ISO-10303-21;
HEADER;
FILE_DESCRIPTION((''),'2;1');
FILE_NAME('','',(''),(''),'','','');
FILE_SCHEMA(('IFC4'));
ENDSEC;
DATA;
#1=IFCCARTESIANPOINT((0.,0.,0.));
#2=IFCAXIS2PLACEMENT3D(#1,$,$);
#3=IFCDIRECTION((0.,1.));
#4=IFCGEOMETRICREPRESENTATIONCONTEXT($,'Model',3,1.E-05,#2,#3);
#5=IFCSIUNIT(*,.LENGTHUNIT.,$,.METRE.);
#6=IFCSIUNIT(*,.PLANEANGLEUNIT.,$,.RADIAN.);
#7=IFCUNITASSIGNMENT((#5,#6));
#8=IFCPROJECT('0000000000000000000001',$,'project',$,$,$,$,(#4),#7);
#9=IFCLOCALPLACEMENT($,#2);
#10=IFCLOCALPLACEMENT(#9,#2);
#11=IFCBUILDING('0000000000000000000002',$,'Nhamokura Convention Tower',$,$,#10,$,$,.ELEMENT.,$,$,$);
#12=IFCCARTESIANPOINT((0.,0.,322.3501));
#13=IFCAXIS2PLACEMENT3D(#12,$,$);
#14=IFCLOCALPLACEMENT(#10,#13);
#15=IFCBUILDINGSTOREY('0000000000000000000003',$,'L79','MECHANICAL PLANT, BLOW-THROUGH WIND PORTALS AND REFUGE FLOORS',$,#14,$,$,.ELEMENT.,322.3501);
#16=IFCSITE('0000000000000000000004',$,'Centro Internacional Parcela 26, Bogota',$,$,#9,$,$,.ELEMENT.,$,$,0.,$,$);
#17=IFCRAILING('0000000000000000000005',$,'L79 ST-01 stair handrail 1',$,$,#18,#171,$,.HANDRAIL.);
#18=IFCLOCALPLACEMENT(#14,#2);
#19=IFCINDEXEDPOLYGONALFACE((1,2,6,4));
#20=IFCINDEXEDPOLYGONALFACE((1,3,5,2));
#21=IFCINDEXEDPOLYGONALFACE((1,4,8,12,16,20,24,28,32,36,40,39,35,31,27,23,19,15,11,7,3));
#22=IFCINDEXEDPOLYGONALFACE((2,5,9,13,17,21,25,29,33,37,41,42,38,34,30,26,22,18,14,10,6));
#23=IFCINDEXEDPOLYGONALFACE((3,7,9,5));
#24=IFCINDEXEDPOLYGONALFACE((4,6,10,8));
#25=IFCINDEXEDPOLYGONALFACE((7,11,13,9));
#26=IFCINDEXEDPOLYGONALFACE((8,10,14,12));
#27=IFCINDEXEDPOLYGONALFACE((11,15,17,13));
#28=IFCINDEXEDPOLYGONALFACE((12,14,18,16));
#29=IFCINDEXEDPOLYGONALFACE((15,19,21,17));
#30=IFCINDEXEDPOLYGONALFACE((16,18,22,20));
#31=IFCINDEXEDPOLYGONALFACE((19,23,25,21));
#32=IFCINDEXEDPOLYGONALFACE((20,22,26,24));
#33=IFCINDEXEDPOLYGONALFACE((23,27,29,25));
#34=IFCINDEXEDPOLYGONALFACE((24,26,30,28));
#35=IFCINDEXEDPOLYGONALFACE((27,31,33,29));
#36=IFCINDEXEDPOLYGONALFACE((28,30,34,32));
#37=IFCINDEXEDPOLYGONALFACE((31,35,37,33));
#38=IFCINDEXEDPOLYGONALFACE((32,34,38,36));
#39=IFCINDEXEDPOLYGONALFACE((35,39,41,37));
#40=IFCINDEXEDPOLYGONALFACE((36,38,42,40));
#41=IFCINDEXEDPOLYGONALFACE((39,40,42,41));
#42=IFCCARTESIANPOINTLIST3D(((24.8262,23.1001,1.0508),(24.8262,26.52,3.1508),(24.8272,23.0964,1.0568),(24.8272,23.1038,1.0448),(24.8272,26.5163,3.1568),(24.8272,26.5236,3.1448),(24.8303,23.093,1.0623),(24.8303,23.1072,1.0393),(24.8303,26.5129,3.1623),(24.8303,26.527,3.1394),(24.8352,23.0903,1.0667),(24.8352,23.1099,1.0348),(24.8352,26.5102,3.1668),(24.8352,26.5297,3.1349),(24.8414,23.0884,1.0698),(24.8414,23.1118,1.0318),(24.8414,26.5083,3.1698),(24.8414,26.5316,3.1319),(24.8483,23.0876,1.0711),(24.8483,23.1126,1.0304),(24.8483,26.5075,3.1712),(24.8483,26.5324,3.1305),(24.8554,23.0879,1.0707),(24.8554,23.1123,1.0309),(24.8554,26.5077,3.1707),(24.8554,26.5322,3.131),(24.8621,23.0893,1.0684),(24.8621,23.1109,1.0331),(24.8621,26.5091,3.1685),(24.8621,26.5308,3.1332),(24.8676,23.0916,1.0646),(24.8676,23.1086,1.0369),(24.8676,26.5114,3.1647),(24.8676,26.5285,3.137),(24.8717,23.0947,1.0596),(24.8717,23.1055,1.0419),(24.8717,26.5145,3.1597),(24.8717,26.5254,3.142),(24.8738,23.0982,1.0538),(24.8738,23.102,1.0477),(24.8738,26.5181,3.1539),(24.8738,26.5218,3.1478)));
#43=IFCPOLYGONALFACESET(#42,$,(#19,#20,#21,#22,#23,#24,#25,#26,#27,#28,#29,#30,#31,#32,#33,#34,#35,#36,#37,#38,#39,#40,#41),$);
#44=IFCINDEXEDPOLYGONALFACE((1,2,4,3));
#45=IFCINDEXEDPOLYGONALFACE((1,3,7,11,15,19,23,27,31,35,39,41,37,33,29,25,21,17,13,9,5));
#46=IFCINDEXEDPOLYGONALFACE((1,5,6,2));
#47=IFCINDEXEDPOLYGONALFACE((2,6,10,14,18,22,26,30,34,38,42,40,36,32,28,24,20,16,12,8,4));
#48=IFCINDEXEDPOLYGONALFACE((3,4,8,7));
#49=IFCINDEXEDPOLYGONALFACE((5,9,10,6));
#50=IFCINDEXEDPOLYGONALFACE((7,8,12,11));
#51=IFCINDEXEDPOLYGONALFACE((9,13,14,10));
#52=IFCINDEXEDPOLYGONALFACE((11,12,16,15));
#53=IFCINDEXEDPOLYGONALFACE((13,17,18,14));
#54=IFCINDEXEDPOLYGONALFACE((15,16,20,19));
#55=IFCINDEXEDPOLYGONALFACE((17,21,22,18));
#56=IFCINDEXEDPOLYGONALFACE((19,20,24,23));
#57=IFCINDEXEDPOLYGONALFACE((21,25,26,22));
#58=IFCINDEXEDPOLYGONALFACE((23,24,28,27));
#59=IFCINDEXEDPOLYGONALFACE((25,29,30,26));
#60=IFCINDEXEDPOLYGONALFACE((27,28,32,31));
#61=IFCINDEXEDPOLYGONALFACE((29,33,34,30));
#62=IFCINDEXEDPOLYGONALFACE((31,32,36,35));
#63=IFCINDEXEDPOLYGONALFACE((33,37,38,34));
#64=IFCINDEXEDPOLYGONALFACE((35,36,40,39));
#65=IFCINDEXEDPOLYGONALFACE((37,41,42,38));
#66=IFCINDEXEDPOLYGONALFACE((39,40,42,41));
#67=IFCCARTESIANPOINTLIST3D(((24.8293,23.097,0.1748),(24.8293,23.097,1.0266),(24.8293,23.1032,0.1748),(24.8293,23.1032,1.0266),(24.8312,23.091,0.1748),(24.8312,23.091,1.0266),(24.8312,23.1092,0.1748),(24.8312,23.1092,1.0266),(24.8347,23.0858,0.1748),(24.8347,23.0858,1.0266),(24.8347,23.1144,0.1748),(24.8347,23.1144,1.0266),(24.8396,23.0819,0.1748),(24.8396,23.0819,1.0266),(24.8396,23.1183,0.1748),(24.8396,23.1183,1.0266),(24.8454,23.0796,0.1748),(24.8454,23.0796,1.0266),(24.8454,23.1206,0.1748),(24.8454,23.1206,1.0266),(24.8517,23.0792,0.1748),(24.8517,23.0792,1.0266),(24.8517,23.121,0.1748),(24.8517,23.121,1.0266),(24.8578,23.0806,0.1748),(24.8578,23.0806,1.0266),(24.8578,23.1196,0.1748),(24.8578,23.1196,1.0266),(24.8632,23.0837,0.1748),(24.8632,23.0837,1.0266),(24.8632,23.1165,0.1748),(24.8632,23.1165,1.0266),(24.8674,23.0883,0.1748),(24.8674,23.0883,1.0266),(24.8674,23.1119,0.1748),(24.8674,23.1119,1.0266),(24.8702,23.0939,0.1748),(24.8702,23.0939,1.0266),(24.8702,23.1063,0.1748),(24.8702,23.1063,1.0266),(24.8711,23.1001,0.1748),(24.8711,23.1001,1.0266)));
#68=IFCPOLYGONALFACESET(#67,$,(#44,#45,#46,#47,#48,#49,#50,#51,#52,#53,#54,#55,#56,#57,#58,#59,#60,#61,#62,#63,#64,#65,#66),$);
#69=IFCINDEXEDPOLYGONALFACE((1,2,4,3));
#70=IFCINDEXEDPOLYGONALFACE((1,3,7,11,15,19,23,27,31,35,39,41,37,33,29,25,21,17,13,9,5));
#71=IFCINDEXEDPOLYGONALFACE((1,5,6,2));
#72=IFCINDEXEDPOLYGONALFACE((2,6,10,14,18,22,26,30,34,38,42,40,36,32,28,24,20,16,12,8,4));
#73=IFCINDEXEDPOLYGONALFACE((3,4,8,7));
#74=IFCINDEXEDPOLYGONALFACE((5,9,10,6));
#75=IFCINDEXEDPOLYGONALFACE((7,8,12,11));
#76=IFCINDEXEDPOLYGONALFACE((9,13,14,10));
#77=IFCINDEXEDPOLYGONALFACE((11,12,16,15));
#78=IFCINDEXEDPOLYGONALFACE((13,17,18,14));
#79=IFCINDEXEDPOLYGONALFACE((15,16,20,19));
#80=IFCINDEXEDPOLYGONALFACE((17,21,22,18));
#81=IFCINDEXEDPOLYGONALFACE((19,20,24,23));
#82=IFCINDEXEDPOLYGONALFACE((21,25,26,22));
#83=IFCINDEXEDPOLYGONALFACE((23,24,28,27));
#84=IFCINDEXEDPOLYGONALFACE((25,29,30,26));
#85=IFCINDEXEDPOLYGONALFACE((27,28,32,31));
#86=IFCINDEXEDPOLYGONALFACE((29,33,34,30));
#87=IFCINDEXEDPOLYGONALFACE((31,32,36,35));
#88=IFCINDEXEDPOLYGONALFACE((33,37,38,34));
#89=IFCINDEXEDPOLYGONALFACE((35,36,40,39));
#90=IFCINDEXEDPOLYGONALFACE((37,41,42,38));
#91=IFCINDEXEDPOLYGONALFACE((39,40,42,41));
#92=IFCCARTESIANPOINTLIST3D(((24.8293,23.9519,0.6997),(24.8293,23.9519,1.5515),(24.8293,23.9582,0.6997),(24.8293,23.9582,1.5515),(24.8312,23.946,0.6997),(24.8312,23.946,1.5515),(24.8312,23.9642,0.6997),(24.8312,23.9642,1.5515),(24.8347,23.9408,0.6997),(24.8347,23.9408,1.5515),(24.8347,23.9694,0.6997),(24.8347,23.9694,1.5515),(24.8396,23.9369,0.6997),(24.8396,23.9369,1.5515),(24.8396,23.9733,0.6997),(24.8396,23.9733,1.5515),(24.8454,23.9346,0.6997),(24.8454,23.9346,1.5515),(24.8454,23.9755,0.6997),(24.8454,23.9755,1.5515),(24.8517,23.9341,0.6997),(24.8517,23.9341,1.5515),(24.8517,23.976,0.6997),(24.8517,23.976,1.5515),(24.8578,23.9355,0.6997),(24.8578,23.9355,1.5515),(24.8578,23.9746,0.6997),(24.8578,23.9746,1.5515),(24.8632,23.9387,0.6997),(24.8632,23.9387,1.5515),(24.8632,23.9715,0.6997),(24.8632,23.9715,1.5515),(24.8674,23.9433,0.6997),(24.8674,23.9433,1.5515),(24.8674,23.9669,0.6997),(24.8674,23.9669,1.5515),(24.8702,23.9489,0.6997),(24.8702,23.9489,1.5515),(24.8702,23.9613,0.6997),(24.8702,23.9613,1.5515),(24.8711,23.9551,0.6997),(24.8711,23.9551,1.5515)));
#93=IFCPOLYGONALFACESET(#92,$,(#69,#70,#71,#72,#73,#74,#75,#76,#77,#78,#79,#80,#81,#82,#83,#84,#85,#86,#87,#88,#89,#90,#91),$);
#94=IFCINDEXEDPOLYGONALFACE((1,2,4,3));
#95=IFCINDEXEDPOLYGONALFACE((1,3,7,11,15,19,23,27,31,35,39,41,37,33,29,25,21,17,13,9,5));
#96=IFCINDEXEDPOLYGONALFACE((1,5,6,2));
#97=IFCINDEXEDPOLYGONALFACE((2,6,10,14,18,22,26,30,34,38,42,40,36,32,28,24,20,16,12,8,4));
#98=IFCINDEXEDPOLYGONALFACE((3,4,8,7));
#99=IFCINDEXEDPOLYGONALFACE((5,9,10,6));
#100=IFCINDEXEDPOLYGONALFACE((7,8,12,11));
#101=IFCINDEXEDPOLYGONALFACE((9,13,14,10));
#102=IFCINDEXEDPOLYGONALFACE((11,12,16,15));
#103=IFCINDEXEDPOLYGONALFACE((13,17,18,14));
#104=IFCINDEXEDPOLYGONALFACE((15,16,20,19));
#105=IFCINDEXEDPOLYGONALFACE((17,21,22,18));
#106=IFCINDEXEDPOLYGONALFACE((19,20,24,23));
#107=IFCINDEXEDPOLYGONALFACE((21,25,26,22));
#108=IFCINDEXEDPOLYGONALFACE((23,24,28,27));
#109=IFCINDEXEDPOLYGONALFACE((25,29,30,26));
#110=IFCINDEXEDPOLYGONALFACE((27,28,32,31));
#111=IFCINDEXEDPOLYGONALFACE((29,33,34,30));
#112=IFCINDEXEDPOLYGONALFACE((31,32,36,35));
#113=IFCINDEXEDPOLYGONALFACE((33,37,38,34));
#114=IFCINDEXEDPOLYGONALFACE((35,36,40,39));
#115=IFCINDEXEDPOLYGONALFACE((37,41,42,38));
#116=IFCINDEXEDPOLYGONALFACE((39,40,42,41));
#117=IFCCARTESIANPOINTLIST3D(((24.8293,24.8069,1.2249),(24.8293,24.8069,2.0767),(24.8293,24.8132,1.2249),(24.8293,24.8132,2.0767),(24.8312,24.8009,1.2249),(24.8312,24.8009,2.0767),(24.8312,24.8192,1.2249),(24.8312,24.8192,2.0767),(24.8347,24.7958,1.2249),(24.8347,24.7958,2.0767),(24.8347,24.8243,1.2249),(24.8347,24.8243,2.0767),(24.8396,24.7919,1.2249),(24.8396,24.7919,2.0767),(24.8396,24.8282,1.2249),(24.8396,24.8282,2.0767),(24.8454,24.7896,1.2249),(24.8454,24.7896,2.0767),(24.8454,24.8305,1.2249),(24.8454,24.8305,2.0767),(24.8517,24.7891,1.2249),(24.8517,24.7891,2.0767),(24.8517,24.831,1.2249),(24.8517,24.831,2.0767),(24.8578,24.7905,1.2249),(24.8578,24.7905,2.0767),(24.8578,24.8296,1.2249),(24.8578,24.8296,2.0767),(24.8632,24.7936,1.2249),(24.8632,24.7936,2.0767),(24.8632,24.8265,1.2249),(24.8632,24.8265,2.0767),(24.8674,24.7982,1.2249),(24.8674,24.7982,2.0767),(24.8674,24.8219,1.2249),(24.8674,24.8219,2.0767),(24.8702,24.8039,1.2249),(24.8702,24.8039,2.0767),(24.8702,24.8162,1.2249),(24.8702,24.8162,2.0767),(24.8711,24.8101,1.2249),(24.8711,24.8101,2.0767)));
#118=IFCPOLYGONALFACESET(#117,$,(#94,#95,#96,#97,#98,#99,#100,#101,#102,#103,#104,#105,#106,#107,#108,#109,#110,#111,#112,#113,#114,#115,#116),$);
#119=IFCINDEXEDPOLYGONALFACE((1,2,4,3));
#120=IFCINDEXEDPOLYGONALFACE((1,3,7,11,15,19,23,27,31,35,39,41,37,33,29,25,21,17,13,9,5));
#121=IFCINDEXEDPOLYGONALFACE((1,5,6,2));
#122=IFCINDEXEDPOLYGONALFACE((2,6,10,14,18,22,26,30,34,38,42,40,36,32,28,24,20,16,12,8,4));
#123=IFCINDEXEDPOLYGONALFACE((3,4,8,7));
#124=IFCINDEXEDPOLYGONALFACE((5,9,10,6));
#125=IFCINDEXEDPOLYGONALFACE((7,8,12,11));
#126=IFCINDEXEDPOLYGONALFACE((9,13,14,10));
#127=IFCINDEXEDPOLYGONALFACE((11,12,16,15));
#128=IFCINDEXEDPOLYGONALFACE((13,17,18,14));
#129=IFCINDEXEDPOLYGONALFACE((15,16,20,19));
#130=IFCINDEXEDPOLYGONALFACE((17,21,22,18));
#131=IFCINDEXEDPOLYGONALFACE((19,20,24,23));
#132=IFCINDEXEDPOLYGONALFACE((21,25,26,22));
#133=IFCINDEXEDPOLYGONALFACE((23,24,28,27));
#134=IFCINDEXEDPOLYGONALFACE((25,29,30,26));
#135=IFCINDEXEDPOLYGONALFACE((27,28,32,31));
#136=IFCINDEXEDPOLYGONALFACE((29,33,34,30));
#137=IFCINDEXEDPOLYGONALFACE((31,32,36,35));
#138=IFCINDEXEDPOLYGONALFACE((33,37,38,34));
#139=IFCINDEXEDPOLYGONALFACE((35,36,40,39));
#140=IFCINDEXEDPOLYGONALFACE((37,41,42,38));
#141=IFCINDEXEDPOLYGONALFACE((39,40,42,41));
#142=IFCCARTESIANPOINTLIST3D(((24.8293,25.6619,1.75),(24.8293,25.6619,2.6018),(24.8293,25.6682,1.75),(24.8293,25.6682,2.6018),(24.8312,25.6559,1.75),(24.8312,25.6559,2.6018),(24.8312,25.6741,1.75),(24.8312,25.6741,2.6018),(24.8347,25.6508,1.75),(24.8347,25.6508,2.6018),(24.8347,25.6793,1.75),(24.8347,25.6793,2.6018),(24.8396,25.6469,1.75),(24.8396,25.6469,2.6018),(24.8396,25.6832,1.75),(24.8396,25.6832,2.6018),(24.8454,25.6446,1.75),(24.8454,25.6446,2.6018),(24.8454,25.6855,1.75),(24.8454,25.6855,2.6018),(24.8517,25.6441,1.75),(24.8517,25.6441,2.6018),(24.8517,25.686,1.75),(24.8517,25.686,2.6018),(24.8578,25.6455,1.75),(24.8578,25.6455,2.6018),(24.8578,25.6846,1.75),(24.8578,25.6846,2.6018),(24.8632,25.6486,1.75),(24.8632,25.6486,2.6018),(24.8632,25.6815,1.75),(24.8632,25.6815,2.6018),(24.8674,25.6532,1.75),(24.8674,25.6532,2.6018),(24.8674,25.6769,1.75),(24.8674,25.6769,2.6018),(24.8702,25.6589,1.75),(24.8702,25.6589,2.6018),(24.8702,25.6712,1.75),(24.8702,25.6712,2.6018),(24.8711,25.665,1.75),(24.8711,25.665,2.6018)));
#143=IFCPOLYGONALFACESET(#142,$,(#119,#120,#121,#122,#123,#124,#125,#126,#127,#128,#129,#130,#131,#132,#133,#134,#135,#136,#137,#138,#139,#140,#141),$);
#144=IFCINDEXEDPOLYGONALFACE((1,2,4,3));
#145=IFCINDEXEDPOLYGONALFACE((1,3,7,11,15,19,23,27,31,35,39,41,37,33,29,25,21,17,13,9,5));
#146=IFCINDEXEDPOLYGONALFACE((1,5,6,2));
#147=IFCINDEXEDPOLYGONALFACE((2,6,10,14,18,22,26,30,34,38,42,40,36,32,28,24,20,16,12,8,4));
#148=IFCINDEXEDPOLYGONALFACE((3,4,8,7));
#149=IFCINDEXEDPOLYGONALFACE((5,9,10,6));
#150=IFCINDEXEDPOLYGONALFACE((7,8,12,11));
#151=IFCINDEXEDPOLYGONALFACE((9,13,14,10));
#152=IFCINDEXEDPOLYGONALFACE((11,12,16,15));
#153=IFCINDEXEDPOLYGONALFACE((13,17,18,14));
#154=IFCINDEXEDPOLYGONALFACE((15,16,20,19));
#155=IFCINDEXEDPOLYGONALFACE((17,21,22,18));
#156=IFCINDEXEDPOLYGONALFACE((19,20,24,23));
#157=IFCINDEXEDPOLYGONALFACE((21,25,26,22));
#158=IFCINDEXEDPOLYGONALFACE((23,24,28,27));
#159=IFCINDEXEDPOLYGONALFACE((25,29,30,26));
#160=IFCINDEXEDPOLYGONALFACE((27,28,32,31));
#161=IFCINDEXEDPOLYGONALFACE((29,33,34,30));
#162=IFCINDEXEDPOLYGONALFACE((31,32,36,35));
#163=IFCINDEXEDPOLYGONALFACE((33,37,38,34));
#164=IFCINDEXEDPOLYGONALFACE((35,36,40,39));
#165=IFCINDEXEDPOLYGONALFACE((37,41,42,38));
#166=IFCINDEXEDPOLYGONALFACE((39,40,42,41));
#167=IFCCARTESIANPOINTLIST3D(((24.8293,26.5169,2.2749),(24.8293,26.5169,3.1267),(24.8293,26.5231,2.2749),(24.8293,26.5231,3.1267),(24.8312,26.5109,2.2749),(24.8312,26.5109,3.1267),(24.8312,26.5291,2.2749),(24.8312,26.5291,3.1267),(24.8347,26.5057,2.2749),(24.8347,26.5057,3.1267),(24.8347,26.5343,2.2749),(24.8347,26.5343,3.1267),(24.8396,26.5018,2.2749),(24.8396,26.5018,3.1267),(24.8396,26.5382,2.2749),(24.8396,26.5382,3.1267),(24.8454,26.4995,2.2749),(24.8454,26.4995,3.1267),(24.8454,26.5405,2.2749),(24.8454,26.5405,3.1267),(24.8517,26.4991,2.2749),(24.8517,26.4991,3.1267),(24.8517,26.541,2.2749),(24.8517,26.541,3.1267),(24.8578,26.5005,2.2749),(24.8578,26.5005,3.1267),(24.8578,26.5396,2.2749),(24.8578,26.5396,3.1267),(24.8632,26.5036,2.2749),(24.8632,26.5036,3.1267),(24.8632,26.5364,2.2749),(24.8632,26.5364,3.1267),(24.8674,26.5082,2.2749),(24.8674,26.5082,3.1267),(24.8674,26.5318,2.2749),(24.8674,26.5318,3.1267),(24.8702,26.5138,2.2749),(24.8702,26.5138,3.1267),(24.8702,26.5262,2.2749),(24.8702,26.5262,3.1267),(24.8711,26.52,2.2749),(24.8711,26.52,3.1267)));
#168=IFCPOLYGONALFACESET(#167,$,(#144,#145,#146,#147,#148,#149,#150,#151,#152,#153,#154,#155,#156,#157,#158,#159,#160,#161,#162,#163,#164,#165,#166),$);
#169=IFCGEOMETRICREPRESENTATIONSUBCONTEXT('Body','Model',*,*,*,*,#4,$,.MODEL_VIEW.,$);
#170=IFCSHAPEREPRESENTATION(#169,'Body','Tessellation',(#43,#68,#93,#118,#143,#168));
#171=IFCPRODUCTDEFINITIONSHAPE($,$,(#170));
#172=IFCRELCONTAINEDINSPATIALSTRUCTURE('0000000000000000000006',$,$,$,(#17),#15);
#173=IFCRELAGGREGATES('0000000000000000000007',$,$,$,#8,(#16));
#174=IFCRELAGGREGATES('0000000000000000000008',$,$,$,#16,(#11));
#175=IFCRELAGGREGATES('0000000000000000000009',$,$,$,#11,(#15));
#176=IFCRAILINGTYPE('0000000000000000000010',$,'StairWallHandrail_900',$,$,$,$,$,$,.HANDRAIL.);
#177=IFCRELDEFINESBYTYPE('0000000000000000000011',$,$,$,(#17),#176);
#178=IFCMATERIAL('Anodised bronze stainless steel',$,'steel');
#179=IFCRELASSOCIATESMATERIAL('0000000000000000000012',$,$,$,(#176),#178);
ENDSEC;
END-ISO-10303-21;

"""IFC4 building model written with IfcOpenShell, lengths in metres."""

from ifc_helpers import new_model, si_unit, direction, frame, origin, origin_2d, place, context, subcontext, project, spatial, circle, extrude, material, type_object, element, save


model = new_model("IFC4")

# Units and contexts
model_context = context("Model", 3, precision=1e-05, world=origin(), true_north=direction((0.0, 1.0)))
body_context = subcontext(model_context, "Body", "Model", "MODEL_VIEW")
ifc_project = project(units=[si_unit("LENGTHUNIT", "METRE"), si_unit("PLANEANGLEUNIT", "RADIAN")], contexts=[model_context])

# Site, building, storey
site_placement = place(None, origin())
site = spatial("IfcSite", under=ifc_project, at=site_placement, Name="Centro Internacional Parcela 26, Bogota", CompositionType="ELEMENT", RefElevation=0.0)
building_placement = place(site_placement, origin())
building = spatial("IfcBuilding", under=site, at=building_placement, Name="Nhamokura Convention Tower", CompositionType="ELEMENT")
storey_placement = place(building_placement, frame((0.0, 0.0, 322.3501)))
storey = spatial("IfcBuildingStorey", under=building, at=storey_placement, Name="L79", Description="MECHANICAL PLANT, BLOW-THROUGH WIND PORTALS AND REFUGE FLOORS", CompositionType="ELEMENT", Elevation=322.3501)

# Railing
ifc_material_1 = material(Name="Anodised bronze stainless steel", Category="steel")
railing_type_1 = type_object("IfcRailingType", Name="StairWallHandrail_900", PredefinedType="HANDRAIL", material=ifc_material_1)
railing_1_placement = place(storey_placement, frame((24.8501, 23.1001, 0.1748)))
element("IfcRailing", 1, at=railing_1_placement, inside=storey, type_object=railing_type_1, Name="L79 ST-01 stair handrail 1", PredefinedType="HANDRAIL", context=body_context, shape_type="SweptSolid", body=[
    extrude(circle(Radius=0.0239, at=origin_2d()), frame((0.0, 0.0, 0.876), z_axis=(0.0, 0.852155, 0.523289), x_axis=(-1.0, 0.0, 0.0)), (0.0, 0.0, 1.0), 4.0132),
    extrude(circle(Radius=0.021, at=origin_2d()), origin(), (0.0, 0.0, 1.0), 0.8518),
    extrude(circle(Radius=0.021, at=origin_2d()), frame((0.0, 0.855, 0.5249)), (0.0, 0.0, 1.0), 0.8518),
    extrude(circle(Radius=0.021, at=origin_2d()), frame((0.0, 1.71, 1.05)), (0.0, 0.0, 1.0), 0.8518),
    extrude(circle(Radius=0.021, at=origin_2d()), frame((0.0, 2.5649, 1.5752)), (0.0, 0.0, 1.0), 0.8518),
    extrude(circle(Radius=0.021, at=origin_2d()), frame((0.0, 3.4199, 2.1001)), (0.0, 0.0, 1.0), 0.8518),
])

save(model, "model.ifc")
